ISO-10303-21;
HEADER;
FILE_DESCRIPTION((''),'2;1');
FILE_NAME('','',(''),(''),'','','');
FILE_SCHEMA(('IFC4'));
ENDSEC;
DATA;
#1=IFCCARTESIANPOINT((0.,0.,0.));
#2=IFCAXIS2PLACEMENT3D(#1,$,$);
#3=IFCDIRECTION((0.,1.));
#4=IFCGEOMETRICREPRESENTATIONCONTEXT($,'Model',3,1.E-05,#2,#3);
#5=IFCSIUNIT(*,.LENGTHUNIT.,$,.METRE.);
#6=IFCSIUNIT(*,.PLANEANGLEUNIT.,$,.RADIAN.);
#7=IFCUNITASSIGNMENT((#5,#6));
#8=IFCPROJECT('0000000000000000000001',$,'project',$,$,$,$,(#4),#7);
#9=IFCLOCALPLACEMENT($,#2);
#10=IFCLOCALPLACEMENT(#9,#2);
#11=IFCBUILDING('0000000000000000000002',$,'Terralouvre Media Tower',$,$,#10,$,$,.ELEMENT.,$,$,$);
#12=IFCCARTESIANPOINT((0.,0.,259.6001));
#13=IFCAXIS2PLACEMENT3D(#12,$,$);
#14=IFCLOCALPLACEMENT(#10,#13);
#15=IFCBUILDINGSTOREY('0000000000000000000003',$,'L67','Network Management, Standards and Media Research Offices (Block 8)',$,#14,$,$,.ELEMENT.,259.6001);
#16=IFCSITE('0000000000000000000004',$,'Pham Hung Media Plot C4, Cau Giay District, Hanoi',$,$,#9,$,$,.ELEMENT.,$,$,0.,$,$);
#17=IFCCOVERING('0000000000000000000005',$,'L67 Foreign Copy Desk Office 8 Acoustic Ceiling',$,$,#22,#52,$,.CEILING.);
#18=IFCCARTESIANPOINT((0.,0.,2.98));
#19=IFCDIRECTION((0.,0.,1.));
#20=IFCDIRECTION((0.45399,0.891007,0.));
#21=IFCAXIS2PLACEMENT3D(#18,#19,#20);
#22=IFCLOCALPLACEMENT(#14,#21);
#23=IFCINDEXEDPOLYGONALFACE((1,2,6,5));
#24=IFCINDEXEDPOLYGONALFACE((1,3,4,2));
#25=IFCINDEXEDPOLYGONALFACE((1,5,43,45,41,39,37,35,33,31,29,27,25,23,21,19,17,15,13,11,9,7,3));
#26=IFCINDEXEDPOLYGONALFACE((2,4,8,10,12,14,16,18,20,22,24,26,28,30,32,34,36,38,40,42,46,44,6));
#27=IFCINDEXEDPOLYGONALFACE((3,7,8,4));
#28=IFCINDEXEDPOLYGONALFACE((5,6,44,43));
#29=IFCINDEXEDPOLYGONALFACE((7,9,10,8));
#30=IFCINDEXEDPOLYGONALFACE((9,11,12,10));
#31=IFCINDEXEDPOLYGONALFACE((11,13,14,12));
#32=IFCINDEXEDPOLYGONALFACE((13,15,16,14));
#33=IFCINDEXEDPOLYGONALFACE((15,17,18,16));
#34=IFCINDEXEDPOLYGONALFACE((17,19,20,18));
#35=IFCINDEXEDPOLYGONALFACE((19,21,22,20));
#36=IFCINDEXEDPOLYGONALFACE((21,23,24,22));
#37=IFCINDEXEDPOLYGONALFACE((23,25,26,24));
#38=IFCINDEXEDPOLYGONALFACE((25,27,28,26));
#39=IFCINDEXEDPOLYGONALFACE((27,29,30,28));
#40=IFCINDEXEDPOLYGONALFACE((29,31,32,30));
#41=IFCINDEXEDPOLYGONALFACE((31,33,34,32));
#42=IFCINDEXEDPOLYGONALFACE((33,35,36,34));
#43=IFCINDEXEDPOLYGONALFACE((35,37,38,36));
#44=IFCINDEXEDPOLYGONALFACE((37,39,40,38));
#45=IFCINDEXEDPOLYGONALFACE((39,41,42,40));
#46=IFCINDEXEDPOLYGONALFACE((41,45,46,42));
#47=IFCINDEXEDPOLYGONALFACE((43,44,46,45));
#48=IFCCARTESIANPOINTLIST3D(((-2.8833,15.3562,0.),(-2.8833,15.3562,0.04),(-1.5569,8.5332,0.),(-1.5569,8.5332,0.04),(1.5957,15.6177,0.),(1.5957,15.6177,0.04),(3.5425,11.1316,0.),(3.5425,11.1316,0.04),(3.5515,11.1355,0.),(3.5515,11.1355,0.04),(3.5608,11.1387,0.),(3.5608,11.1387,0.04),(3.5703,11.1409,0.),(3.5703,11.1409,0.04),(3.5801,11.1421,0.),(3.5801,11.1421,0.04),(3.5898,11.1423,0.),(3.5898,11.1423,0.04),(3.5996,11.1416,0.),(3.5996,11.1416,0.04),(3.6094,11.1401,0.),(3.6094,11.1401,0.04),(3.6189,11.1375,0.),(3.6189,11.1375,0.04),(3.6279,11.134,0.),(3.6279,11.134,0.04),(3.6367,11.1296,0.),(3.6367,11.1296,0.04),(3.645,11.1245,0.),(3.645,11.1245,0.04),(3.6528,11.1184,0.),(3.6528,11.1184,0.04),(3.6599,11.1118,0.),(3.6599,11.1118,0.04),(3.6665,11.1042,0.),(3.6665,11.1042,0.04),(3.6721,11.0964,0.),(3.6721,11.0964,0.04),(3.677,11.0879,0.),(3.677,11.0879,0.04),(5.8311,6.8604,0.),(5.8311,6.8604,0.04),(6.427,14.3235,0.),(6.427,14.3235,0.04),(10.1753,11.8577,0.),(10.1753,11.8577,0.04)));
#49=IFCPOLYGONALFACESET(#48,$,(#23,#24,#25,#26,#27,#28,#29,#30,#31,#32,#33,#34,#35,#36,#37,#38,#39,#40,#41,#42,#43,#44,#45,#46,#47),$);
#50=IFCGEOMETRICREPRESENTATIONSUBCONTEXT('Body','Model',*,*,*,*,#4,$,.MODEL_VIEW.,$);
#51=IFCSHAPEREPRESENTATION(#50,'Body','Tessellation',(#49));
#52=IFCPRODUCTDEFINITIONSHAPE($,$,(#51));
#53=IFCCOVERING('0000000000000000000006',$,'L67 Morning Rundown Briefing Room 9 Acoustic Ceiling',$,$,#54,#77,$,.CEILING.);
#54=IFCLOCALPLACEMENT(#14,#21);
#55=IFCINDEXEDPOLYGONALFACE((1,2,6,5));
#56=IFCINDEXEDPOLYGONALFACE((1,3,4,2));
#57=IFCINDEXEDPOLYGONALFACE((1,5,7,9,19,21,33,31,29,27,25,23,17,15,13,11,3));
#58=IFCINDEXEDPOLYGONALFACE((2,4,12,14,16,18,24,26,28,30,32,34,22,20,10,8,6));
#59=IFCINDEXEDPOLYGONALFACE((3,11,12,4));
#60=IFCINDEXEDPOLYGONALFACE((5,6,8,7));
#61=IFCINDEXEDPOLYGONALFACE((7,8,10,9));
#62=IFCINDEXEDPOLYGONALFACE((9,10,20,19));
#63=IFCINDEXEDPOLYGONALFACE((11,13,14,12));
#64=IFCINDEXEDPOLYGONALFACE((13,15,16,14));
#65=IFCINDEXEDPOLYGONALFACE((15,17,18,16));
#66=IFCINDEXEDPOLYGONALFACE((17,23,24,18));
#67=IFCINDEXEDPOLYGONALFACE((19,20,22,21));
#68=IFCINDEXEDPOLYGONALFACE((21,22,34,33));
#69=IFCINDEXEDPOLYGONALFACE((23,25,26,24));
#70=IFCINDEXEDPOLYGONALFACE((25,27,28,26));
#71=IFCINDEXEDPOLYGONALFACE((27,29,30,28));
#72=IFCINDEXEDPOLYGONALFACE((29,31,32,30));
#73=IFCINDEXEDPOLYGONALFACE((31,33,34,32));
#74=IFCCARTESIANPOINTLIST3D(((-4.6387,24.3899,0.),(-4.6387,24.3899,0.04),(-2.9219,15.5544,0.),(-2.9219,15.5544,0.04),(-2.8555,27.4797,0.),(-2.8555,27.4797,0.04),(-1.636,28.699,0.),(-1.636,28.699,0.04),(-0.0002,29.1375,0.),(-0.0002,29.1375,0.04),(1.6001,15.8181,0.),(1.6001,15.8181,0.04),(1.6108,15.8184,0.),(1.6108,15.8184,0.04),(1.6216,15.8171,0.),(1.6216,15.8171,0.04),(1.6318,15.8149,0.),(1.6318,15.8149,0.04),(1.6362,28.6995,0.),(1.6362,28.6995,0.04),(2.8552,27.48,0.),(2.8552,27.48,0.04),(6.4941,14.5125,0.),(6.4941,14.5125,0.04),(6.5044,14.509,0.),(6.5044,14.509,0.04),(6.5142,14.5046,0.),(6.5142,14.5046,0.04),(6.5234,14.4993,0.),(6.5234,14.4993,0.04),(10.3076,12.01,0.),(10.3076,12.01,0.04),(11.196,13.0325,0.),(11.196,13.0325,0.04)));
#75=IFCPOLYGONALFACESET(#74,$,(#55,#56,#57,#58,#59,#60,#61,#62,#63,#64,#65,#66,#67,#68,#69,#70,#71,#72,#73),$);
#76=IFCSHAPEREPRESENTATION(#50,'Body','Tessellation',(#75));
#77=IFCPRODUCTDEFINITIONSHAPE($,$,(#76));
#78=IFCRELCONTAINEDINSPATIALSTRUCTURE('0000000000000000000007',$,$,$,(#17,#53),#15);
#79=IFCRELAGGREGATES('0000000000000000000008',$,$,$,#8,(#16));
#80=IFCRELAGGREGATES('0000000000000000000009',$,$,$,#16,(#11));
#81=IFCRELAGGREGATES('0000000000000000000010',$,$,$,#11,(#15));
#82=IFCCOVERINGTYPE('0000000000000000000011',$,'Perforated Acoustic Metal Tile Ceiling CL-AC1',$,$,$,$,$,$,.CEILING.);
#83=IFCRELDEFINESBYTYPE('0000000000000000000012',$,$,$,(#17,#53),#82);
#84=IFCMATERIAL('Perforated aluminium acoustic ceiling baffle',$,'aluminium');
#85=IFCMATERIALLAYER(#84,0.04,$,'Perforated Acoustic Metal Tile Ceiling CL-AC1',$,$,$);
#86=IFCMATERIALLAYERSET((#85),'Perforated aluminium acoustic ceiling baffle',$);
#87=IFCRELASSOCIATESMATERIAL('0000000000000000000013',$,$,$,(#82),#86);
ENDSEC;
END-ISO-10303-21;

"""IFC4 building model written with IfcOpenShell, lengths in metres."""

from ifc_helpers import new_model, si_unit, direction, frame, origin, place, context, subcontext, project, spatial, polyline, outline, extrude, material, layer, layer_set, type_object, element, save


model = new_model("IFC4")

# Units and contexts
model_context = context("Model", 3, precision=1e-05, world=origin(), true_north=direction((0.0, 1.0)))
body_context = subcontext(model_context, "Body", "Model", "MODEL_VIEW")
ifc_project = project(units=[si_unit("LENGTHUNIT", "METRE"), si_unit("PLANEANGLEUNIT", "RADIAN")], contexts=[model_context])

# Site, building, storey
site_placement = place(None, origin())
site = spatial("IfcSite", under=ifc_project, at=site_placement, Name="Pham Hung Media Plot C4, Cau Giay District, Hanoi", CompositionType="ELEMENT", RefElevation=0.0)
building_placement = place(site_placement, origin())
building = spatial("IfcBuilding", under=site, at=building_placement, Name="Terralouvre Media Tower", CompositionType="ELEMENT")
storey_placement = place(building_placement, frame((0.0, 0.0, 259.6001)))
storey = spatial("IfcBuildingStorey", under=building, at=storey_placement, Name="L67", Description="Network Management, Standards and Media Research Offices (Block 8)", CompositionType="ELEMENT", Elevation=259.6001)

# Coverings
ifc_material_1 = material(Name="Perforated aluminium acoustic ceiling baffle", Category="aluminium")
ifc_layer_1 = layer(ifc_material_1, 0.04, Name="Perforated Acoustic Metal Tile Ceiling CL-AC1")
ifc_layer_set_1 = layer_set([ifc_layer_1], Name="Perforated aluminium acoustic ceiling baffle")
covering_type = type_object("IfcCoveringType", Name="Perforated Acoustic Metal Tile Ceiling CL-AC1", PredefinedType="CEILING", material=ifc_layer_set_1)
covering_1_placement = place(storey_placement, frame((0.0, 0.0, 2.98), z_axis=(0.0, 0.0, 1.0), x_axis=(0.45399, 0.891007, 0.0)))
element("IfcCovering", 1, at=covering_1_placement, inside=storey, type_object=covering_type, Name="L67 Foreign Copy Desk Office 8 Acoustic Ceiling", PredefinedType="CEILING", context=body_context, shape_type="SweptSolid", body=[
    extrude(outline(polyline([(6.427, 14.3235), (1.5957, 15.6177), (-2.8833, 15.3562), (-1.5569, 8.5332), (3.5425, 11.1316), (3.5515, 11.1355), (3.5608, 11.1387), (3.5703, 11.1409), (3.5801, 11.1421), (3.5898, 11.1423), (3.5996, 11.1416), (3.6094, 11.1401), (3.6189, 11.1375), (3.6279, 11.134), (3.6367, 11.1296), (3.645, 11.1245), (3.6528, 11.1184), (3.6599, 11.1118), (3.6665, 11.1042), (3.6721, 11.0964), (3.677, 11.0879), (5.8311, 6.8604), (10.1753, 11.8577), (6.427, 14.3235)])), origin(), (0.0, 0.0, 1.0), 0.04),
])
covering_2_placement = place(storey_placement, frame((0.0, 0.0, 2.98), z_axis=(0.0, 0.0, 1.0), x_axis=(0.45399, 0.891007, 0.0)))
element("IfcCovering", 2, at=covering_2_placement, inside=storey, type_object=covering_type, Name="L67 Morning Rundown Briefing Room 9 Acoustic Ceiling", PredefinedType="CEILING", context=body_context, shape_type="SweptSolid", body=[
    extrude(outline(polyline([(-2.9219, 15.5544), (1.6001, 15.8181), (1.6108, 15.8184), (1.6216, 15.8171), (1.6318, 15.8149), (6.4941, 14.5125), (6.5044, 14.509), (6.5142, 14.5046), (6.5234, 14.4993), (10.3076, 12.01), (11.196, 13.0325), (2.8552, 27.48), (1.6362, 28.6995), (-0.0002, 29.1375), (-1.636, 28.699), (-2.8555, 27.4797), (-4.6387, 24.3899), (-2.9219, 15.5544)])), origin(), (0.0, 0.0, 1.0), 0.04),
])

save(model, "model.ifc")
